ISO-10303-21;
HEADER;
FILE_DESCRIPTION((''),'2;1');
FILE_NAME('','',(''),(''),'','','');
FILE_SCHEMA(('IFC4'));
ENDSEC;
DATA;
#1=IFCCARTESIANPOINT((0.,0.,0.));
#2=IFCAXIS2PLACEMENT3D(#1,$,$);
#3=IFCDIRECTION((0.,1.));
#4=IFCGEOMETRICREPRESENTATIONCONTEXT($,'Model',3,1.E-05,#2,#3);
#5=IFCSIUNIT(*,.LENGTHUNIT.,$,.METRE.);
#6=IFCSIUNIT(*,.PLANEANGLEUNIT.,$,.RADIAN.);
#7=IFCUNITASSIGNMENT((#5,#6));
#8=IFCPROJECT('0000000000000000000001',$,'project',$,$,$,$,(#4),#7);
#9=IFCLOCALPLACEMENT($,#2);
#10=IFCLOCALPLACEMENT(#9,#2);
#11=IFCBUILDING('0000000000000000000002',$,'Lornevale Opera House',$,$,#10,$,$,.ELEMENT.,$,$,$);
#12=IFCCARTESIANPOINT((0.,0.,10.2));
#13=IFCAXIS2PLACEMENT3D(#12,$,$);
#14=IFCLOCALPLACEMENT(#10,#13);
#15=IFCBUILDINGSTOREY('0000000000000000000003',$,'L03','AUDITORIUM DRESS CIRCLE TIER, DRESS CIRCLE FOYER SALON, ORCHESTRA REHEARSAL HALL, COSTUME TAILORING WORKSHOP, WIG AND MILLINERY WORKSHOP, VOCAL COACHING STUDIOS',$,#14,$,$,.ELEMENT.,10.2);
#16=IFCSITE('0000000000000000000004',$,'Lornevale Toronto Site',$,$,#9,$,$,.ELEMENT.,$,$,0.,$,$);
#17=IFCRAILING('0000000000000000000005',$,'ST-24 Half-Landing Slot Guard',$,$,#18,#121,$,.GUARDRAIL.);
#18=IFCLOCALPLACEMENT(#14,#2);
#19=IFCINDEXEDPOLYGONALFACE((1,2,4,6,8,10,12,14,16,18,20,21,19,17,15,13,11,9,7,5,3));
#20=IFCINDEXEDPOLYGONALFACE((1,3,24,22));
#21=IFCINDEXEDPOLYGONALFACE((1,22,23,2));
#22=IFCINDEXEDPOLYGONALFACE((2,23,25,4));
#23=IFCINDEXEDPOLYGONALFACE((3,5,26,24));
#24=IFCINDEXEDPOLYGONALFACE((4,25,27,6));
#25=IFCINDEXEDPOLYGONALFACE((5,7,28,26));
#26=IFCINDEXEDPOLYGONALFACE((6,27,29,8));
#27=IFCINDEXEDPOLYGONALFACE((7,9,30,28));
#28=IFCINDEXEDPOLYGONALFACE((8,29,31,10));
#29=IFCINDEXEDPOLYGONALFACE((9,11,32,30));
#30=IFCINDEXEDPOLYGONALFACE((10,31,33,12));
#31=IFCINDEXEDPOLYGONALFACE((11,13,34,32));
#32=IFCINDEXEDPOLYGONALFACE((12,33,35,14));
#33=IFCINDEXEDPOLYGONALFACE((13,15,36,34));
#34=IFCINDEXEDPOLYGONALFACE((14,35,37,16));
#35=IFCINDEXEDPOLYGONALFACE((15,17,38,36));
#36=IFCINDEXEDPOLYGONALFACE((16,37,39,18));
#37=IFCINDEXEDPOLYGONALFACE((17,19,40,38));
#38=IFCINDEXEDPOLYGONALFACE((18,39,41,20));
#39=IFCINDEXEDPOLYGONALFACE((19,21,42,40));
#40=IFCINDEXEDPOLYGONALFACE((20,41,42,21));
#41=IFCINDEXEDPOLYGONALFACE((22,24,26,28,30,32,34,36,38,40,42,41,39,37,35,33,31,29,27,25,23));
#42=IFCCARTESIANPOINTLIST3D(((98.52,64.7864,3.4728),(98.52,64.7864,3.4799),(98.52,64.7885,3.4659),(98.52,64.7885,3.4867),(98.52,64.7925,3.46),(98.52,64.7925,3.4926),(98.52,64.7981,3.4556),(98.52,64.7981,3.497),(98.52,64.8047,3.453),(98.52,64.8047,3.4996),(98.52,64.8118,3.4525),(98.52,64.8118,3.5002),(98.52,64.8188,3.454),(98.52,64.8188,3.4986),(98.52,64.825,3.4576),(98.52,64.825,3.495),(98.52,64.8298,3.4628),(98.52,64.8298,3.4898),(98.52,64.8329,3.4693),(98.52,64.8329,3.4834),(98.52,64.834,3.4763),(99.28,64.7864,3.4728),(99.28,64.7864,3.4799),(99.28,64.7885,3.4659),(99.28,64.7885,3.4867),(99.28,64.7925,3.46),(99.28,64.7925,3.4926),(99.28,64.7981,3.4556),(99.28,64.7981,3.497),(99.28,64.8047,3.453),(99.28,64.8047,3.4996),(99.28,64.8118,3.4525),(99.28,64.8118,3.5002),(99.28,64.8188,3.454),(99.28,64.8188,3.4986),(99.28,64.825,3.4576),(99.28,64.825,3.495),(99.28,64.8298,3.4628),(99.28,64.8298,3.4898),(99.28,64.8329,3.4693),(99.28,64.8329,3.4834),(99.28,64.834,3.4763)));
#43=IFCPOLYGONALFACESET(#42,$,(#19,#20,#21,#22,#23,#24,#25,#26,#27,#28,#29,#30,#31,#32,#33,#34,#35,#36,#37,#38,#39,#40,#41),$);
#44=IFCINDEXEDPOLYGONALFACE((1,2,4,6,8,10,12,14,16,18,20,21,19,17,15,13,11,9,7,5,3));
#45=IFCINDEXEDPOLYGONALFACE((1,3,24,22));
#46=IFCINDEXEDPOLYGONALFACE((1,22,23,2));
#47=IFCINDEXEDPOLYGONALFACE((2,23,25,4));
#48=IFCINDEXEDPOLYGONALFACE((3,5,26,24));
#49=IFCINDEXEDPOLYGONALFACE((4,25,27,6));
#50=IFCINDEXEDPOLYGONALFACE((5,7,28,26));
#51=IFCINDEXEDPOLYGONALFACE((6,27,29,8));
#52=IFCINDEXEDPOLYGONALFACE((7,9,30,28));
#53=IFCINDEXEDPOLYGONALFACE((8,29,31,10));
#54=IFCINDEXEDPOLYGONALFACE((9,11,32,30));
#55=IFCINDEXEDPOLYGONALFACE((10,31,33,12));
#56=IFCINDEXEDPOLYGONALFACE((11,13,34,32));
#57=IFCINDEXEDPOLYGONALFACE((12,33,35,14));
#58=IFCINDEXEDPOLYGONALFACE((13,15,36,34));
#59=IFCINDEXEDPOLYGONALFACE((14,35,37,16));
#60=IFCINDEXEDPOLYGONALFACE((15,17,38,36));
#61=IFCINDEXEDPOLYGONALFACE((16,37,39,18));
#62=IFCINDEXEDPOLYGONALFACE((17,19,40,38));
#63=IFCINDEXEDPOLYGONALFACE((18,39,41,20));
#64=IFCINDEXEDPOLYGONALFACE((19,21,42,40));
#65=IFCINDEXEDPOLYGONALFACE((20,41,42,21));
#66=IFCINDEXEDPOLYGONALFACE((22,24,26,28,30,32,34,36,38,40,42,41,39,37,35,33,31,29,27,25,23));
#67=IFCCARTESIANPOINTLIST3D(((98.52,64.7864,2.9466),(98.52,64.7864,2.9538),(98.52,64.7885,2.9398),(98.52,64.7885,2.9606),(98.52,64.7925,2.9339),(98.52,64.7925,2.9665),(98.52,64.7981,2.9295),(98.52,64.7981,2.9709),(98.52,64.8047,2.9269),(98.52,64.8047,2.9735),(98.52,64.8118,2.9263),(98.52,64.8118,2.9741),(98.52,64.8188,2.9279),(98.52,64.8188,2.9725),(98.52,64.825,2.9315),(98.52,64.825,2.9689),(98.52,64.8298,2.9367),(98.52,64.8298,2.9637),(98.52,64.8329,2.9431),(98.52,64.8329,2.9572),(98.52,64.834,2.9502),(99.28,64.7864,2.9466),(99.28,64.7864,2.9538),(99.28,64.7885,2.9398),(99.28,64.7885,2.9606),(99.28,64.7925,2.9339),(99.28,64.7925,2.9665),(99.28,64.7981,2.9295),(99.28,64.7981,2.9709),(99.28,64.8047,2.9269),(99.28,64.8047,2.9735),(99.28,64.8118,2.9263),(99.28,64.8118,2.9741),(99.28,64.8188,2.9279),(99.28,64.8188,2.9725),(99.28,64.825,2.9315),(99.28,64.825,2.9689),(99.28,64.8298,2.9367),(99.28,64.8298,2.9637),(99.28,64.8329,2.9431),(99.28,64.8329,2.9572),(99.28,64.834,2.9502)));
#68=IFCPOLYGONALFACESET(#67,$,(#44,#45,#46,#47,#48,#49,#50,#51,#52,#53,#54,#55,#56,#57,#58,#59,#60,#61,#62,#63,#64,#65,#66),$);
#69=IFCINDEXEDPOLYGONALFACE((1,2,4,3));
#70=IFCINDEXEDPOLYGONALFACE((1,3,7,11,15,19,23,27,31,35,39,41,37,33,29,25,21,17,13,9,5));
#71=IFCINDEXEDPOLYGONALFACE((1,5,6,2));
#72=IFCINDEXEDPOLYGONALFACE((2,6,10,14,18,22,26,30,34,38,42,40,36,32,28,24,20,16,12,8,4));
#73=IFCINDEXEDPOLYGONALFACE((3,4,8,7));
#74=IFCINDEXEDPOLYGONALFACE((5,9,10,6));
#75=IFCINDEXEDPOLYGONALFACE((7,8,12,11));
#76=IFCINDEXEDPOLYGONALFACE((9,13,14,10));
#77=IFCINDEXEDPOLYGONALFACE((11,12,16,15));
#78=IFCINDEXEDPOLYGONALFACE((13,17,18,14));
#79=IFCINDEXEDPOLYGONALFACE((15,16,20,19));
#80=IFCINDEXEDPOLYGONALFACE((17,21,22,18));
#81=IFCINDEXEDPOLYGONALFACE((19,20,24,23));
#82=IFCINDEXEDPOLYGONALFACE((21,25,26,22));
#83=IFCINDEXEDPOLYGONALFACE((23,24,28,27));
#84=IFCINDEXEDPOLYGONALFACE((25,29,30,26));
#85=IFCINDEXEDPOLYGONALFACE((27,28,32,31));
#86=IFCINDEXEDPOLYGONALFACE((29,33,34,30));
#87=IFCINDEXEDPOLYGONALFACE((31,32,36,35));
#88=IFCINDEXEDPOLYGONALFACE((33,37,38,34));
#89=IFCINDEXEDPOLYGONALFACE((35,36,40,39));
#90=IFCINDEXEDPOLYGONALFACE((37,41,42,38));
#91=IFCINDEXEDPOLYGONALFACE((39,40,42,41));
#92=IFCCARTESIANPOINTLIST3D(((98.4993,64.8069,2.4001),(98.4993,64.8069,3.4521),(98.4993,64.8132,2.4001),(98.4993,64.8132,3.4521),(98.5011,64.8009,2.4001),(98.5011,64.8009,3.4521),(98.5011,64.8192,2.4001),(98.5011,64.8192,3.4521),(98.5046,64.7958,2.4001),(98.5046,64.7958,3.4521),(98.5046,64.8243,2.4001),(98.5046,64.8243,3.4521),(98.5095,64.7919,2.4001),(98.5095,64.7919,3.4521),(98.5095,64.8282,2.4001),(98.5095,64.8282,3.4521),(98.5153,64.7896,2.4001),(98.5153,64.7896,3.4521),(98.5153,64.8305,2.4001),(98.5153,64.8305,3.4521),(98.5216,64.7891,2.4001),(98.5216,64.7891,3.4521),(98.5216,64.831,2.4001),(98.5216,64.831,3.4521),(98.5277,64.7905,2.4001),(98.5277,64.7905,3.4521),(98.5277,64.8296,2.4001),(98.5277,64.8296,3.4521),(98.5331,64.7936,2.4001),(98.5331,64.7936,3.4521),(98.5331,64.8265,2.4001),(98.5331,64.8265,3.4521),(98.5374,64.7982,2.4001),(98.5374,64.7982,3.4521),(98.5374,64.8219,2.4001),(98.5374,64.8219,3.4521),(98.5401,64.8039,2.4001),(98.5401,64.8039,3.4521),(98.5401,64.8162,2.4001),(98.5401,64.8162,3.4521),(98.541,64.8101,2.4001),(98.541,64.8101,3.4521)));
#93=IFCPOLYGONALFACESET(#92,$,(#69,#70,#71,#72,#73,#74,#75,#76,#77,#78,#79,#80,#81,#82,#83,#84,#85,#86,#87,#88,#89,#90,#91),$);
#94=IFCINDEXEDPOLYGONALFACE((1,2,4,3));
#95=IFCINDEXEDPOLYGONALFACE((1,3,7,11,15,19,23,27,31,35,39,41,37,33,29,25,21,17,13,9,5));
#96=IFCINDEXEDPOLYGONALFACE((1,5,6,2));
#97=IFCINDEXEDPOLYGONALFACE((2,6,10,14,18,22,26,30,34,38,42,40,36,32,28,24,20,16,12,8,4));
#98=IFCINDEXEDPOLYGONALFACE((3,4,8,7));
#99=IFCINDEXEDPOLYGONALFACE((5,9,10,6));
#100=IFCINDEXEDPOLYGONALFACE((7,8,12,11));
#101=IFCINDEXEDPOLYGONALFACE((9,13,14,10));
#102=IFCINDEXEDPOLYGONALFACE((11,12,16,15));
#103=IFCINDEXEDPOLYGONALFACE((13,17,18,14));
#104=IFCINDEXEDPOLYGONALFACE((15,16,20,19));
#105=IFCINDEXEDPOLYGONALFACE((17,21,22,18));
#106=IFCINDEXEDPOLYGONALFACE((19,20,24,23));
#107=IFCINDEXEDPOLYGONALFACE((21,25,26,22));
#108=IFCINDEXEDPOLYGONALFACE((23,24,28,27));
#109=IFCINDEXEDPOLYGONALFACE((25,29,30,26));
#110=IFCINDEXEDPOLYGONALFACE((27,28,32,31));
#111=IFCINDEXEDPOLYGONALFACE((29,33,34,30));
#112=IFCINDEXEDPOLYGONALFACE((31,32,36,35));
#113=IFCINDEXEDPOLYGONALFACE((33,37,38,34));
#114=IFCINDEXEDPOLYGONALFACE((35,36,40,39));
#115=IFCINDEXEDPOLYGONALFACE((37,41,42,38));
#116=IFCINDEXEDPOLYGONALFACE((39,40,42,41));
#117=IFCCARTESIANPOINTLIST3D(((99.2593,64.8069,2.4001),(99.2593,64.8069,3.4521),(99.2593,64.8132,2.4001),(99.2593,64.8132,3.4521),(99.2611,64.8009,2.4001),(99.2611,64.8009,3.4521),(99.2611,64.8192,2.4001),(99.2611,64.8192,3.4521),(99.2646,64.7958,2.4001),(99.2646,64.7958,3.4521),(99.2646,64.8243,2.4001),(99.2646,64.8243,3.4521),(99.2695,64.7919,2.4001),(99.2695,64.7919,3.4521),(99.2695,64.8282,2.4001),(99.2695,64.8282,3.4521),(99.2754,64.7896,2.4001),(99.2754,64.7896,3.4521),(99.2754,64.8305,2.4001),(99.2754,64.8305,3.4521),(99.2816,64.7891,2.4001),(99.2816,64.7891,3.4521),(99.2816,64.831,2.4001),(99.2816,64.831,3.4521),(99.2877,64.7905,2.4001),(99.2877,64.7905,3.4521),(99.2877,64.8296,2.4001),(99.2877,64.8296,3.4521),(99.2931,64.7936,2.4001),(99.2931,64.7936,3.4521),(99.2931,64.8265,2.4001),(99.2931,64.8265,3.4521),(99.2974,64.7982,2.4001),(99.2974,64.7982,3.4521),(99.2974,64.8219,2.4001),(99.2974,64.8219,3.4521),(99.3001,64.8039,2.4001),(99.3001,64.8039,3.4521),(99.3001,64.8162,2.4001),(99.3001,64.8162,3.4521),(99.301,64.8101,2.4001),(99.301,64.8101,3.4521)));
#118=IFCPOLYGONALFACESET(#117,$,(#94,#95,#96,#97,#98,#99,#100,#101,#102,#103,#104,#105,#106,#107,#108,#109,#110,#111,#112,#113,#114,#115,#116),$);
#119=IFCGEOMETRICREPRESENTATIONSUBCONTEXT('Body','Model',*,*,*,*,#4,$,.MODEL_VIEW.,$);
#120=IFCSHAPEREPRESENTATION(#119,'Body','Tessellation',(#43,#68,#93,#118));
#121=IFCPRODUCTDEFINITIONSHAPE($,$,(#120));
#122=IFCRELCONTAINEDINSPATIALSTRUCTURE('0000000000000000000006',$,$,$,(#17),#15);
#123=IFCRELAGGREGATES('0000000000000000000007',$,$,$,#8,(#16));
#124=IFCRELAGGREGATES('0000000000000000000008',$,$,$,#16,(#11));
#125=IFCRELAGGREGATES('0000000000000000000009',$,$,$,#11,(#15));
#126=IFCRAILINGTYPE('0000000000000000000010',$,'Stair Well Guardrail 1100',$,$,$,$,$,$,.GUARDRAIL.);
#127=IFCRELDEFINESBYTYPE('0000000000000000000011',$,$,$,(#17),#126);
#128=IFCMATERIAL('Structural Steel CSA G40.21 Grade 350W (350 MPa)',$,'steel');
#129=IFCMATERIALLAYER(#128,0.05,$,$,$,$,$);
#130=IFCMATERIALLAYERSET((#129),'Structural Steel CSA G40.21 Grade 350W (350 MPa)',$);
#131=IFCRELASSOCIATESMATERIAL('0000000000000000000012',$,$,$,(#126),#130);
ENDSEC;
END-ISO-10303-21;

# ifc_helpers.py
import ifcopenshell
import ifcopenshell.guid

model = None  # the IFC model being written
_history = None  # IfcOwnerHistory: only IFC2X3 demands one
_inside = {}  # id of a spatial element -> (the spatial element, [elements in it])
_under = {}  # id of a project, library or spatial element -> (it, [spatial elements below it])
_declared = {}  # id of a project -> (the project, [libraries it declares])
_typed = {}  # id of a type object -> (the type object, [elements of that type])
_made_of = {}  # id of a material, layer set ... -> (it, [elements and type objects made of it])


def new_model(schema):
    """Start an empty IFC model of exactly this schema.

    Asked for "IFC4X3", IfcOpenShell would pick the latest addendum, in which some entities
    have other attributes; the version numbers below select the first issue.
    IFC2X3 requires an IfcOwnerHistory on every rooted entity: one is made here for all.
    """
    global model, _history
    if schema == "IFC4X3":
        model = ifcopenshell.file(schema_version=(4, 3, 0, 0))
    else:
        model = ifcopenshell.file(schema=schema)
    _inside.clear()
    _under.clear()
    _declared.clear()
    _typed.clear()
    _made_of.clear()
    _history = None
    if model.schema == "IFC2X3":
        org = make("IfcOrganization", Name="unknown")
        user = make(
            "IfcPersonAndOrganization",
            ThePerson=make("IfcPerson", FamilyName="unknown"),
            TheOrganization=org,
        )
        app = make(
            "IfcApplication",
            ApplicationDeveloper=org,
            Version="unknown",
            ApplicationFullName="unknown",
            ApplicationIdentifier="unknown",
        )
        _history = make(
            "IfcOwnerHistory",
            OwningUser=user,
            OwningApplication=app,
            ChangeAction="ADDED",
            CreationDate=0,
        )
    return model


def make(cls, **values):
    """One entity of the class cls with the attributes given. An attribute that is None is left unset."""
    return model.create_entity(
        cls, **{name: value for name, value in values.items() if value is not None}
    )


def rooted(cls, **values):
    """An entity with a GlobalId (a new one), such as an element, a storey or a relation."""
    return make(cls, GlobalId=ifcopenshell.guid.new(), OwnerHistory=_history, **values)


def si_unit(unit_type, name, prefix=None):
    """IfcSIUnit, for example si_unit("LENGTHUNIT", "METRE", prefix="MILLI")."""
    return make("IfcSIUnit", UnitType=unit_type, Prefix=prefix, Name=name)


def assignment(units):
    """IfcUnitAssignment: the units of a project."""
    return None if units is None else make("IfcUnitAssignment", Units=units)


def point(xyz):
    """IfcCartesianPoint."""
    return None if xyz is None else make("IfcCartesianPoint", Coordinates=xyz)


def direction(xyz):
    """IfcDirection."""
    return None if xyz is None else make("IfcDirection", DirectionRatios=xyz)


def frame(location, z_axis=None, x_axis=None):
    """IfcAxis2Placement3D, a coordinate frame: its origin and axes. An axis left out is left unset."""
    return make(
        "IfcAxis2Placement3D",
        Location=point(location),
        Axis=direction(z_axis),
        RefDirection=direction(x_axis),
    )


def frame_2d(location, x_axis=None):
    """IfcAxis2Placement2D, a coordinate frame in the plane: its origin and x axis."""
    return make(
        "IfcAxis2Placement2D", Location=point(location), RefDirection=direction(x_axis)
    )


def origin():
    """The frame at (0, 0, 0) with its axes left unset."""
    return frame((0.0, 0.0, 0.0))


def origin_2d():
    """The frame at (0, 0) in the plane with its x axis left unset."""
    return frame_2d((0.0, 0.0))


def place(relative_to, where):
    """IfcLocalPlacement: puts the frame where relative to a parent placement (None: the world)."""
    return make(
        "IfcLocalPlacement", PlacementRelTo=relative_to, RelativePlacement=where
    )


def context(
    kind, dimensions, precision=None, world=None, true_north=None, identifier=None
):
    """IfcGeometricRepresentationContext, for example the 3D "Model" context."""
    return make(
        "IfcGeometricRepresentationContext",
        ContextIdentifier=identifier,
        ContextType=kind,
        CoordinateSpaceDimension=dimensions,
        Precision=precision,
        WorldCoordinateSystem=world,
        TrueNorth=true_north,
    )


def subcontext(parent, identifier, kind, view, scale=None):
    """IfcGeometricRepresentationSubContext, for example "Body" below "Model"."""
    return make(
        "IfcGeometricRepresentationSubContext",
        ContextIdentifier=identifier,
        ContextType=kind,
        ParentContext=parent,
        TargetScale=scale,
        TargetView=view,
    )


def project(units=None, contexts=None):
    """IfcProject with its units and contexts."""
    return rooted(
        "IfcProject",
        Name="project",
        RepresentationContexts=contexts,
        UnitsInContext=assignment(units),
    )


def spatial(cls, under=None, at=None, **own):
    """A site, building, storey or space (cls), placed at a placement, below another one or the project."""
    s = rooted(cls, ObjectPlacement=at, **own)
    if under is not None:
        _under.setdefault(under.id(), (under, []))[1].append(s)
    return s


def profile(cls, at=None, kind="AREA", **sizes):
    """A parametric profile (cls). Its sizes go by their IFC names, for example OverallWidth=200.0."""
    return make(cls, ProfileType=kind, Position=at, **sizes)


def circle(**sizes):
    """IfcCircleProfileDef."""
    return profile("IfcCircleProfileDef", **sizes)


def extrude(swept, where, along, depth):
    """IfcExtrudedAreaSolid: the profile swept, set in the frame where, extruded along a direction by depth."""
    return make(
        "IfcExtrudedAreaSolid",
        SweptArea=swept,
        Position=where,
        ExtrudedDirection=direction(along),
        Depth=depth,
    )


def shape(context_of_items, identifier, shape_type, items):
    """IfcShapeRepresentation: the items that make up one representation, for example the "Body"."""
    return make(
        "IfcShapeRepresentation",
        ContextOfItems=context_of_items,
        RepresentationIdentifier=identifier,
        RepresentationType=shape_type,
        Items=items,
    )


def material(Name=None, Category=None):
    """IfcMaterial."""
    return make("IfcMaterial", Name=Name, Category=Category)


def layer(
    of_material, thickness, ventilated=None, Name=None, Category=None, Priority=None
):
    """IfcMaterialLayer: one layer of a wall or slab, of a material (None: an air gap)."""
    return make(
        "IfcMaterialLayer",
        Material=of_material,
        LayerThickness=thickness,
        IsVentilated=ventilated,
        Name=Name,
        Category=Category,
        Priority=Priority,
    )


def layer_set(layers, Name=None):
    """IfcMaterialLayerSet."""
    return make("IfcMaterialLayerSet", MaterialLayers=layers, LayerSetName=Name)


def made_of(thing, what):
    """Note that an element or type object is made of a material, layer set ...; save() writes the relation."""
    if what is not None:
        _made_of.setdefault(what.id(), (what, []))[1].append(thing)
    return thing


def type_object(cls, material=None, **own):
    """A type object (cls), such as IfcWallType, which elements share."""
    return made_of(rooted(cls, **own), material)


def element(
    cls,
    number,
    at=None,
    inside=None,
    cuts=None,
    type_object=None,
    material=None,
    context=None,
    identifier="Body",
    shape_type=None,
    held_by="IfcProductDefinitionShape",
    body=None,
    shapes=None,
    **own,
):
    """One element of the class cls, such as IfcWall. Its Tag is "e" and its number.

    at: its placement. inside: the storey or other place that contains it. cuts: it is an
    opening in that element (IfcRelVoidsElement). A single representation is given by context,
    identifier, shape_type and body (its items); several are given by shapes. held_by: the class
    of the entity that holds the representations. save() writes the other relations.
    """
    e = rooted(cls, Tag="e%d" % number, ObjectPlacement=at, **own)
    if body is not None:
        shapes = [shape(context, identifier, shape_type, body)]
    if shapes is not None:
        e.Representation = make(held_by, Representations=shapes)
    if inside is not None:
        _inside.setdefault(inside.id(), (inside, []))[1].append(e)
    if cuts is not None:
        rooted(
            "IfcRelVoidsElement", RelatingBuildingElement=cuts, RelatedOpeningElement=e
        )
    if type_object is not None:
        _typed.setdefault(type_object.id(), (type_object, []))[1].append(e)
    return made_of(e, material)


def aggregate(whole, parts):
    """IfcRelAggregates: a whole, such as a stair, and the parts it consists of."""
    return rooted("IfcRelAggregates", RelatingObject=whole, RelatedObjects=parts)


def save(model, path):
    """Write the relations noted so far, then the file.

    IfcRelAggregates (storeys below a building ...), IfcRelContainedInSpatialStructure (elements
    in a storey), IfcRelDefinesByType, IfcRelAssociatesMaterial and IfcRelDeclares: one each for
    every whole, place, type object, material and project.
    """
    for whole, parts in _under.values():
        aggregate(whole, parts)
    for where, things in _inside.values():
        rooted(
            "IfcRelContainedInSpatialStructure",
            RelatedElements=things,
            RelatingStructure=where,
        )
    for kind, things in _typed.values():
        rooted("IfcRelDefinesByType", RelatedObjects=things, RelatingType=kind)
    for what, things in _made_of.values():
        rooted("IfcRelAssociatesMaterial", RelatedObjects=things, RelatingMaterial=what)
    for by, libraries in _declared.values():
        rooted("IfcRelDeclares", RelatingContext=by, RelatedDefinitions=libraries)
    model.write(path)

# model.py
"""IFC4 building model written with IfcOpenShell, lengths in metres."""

from ifc_helpers import new_model, si_unit, direction, frame, origin, origin_2d, place, context, subcontext, project, spatial, circle, extrude, material, layer, layer_set, type_object, element, save


model = new_model("IFC4")

# Units and contexts
model_context = context("Model", 3, precision=1e-05, world=origin(), true_north=direction((0.0, 1.0)))
body_context = subcontext(model_context, "Body", "Model", "MODEL_VIEW")
ifc_project = project(units=[si_unit("LENGTHUNIT", "METRE"), si_unit("PLANEANGLEUNIT", "RADIAN")], contexts=[model_context])

# Site, building, storey
site_placement = place(None, origin())
site = spatial("IfcSite", under=ifc_project, at=site_placement, Name="Lornevale Toronto Site", CompositionType="ELEMENT", RefElevation=0.0)
building_placement = place(site_placement, origin())
building = spatial("IfcBuilding", under=site, at=building_placement, Name="Lornevale Opera House", CompositionType="ELEMENT")
storey_placement = place(building_placement, frame((0.0, 0.0, 10.2)))
storey = spatial("IfcBuildingStorey", under=building, at=storey_placement, Name="L03", Description="AUDITORIUM DRESS CIRCLE TIER, DRESS CIRCLE FOYER SALON, ORCHESTRA REHEARSAL HALL, COSTUME TAILORING WORKSHOP, WIG AND MILLINERY WORKSHOP, VOCAL COACHING STUDIOS", CompositionType="ELEMENT", Elevation=10.2)

# Shared definitions
ifc_material_1 = material(Name="Structural Steel CSA G40.21 Grade 350W (350 MPa)", Category="steel")

# Railing
ifc_layer_1 = layer(ifc_material_1, 0.05)
ifc_layer_set_1 = layer_set([ifc_layer_1], Name="Structural Steel CSA G40.21 Grade 350W (350 MPa)")
railing_type_1 = type_object("IfcRailingType", Name="Stair Well Guardrail 1100", PredefinedType="GUARDRAIL", material=ifc_layer_set_1)
railing_1_placement = place(storey_placement, frame((98.52, 64.8101, 2.4001)))
element("IfcRailing", 1, at=railing_1_placement, inside=storey, type_object=railing_type_1, Name="ST-24 Half-Landing Slot Guard", PredefinedType="GUARDRAIL", context=body_context, shape_type="SweptSolid", body=[
    extrude(circle(Radius=0.0239, at=origin_2d()), frame((0.0, 0.0, 1.0762), z_axis=(1.0, 0.0, 0.0), x_axis=(0.0, 1.0, 0.0)), (0.0, 0.0, 1.0), 0.76),
    extrude(circle(Radius=0.0239, at=origin_2d()), frame((0.0, 0.0, 0.55), z_axis=(1.0, 0.0, 0.0), x_axis=(0.0, 1.0, 0.0)), (0.0, 0.0, 1.0), 0.76),
    extrude(circle(Radius=0.021, at=origin_2d()), origin(), (0.0, 0.0, 1.0), 1.052),
    extrude(circle(Radius=0.021, at=origin_2d()), frame((0.76, 0.0, 0.0)), (0.0, 0.0, 1.0), 1.052),
])

save(model, "model.ifc")
